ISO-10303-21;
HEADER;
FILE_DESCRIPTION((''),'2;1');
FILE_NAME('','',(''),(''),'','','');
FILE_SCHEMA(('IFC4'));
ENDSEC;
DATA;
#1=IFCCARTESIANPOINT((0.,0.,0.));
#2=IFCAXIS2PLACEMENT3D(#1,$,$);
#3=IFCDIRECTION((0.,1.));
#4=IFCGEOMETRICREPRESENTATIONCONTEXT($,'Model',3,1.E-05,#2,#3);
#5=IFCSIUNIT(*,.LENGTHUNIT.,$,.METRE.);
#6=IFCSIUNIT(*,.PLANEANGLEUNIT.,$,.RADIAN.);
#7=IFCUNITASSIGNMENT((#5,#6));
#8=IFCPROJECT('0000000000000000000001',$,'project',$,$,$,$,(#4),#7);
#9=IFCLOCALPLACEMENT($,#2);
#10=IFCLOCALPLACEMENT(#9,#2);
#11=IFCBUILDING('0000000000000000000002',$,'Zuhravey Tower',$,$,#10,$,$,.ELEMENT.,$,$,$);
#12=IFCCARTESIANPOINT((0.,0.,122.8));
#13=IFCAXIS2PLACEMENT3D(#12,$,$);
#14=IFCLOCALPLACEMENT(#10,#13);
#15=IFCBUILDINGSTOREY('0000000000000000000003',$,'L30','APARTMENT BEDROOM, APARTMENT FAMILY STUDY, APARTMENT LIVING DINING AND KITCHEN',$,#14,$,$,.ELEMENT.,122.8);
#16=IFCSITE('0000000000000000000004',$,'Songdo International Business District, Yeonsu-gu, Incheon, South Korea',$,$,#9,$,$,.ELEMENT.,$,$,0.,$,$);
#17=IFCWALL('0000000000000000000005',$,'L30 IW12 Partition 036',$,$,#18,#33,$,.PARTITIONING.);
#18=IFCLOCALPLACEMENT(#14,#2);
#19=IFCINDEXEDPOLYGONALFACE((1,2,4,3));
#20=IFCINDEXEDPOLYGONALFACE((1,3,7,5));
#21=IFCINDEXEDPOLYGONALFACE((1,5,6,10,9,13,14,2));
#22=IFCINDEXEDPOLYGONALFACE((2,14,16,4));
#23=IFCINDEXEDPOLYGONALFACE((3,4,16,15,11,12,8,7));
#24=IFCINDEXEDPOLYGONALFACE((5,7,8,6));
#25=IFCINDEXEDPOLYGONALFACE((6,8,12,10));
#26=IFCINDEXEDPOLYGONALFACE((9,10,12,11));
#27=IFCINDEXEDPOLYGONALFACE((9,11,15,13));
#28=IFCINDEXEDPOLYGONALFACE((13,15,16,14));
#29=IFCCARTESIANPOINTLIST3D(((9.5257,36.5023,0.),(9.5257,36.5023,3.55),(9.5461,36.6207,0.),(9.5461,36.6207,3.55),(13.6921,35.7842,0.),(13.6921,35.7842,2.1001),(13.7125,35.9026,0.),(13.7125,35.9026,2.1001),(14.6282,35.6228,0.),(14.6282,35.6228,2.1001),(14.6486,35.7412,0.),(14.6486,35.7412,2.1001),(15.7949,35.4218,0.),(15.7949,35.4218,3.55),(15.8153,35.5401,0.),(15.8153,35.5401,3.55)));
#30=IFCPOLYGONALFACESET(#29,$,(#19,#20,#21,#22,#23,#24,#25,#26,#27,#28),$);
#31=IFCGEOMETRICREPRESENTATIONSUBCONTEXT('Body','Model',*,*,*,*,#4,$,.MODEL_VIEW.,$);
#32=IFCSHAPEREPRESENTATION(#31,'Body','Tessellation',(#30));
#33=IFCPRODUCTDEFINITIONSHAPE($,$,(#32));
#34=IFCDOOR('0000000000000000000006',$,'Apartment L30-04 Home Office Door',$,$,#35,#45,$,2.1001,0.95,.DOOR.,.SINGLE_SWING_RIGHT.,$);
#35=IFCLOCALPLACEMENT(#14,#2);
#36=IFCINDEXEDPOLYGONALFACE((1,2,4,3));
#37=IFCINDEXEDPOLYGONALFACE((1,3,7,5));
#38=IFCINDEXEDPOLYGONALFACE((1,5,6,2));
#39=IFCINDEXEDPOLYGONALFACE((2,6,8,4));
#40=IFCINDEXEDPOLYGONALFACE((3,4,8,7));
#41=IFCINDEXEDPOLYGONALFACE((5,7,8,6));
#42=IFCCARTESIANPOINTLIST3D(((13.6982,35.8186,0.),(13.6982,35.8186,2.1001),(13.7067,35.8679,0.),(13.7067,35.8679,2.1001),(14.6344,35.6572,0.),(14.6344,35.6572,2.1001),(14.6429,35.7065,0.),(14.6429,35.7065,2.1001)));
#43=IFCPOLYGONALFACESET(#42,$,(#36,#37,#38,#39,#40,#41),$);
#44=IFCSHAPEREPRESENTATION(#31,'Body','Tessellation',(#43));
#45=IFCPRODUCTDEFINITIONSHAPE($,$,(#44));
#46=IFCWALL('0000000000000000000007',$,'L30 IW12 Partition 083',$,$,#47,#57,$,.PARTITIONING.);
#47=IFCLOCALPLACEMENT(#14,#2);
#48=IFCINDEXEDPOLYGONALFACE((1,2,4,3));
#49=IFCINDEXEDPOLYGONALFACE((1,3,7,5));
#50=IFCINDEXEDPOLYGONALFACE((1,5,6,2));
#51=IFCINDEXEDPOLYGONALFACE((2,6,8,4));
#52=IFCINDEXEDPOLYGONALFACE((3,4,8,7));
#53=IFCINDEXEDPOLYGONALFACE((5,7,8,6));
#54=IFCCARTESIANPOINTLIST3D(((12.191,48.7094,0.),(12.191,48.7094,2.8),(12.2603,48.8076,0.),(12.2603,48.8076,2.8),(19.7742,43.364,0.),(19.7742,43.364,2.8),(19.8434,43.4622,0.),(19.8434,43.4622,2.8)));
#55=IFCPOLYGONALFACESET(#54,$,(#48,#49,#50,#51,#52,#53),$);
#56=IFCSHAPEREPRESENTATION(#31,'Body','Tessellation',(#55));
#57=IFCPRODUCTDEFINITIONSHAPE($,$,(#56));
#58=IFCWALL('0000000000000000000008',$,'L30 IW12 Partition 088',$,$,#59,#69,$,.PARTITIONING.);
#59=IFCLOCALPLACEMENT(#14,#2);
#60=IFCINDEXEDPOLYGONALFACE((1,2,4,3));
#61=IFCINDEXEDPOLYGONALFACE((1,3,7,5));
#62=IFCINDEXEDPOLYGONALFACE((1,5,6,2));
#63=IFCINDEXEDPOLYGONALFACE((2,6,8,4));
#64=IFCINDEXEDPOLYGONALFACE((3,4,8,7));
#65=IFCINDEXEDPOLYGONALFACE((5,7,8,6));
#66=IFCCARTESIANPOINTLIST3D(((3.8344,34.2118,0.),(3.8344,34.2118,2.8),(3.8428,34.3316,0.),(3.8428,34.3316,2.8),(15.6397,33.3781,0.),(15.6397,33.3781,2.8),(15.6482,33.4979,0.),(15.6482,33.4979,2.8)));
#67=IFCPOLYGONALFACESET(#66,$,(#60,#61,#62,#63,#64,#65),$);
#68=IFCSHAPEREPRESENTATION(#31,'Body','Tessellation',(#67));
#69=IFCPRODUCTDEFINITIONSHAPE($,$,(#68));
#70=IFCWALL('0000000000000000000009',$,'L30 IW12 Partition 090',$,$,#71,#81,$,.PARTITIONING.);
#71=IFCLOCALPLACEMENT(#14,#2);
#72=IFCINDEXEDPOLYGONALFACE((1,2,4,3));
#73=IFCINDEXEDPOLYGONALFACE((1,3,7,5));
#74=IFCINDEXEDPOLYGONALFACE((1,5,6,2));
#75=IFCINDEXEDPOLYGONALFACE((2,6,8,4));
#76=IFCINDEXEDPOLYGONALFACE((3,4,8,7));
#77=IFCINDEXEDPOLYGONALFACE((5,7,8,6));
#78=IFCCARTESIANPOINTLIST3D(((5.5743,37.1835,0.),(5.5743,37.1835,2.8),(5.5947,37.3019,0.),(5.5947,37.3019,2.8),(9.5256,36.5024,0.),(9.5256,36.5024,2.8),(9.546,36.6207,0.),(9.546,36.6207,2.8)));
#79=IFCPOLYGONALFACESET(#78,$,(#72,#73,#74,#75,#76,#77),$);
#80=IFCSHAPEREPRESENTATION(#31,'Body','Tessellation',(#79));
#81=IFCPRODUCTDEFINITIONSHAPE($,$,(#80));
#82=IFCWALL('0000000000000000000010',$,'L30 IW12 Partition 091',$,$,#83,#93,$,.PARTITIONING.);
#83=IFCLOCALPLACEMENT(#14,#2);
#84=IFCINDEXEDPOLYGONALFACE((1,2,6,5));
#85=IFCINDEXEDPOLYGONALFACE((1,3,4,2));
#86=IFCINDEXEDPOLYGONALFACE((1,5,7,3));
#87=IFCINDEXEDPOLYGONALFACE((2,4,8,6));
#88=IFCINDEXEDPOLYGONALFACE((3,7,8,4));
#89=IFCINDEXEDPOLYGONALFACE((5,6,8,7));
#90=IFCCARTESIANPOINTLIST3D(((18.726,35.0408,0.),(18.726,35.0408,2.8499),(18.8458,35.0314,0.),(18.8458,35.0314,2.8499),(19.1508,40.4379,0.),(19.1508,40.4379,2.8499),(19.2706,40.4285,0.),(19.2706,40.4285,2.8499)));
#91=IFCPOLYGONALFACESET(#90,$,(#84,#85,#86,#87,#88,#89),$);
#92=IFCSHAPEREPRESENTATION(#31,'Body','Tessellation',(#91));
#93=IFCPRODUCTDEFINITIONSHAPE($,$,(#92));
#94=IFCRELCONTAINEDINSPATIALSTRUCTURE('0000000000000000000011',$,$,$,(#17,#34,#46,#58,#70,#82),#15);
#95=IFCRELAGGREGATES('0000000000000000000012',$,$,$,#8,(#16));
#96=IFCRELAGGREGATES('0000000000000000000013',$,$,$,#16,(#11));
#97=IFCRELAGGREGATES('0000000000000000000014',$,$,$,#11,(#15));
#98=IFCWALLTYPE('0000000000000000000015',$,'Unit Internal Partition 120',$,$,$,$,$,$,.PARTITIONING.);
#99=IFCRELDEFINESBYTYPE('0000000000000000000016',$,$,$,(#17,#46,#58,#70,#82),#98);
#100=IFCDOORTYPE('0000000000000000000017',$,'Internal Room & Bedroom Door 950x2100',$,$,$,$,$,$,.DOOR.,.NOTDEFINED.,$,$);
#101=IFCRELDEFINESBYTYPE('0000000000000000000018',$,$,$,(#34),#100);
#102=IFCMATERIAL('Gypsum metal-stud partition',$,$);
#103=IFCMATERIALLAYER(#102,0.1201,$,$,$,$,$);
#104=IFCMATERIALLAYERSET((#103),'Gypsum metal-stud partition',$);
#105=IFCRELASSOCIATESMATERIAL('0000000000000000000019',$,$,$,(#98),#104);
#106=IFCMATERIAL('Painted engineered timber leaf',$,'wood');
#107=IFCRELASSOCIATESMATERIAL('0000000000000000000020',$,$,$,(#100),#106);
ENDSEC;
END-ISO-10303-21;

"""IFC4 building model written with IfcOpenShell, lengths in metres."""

from ifc_helpers import new_model, si_unit, direction, frame, frame_2d, origin, place, context, subcontext, project, spatial, rectangle, extrude, material, layer, layer_set, type_object, element, fill, save


model = new_model("IFC4")

# Units and contexts
model_context = context("Model", 3, precision=1e-05, world=origin(), true_north=direction((0.0, 1.0)))
body_context = subcontext(model_context, "Body", "Model", "MODEL_VIEW")
ifc_project = project(units=[si_unit("LENGTHUNIT", "METRE"), si_unit("PLANEANGLEUNIT", "RADIAN")], contexts=[model_context])

# Site, building, storey
site_placement = place(None, origin())
site = spatial("IfcSite", under=ifc_project, at=site_placement, Name="Songdo International Business District, Yeonsu-gu, Incheon, South Korea", CompositionType="ELEMENT", RefElevation=0.0)
building_placement = place(site_placement, origin())
building = spatial("IfcBuilding", under=site, at=building_placement, Name="Zuhravey Tower", CompositionType="ELEMENT")
storey_placement = place(building_placement, frame((0.0, 0.0, 122.8)))
storey = spatial("IfcBuildingStorey", under=building, at=storey_placement, Name="L30", Description="APARTMENT BEDROOM, APARTMENT FAMILY STUDY, APARTMENT LIVING DINING AND KITCHEN", CompositionType="ELEMENT", Elevation=122.8)

# Shared definitions
ifc_material_1 = material(Name="Gypsum metal-stud partition")
ifc_layer_1 = layer(ifc_material_1, 0.1201)
ifc_layer_set_1 = layer_set([ifc_layer_1], Name="Gypsum metal-stud partition")
wall_type = type_object("IfcWallType", Name="Unit Internal Partition 120", PredefinedType="PARTITIONING", material=ifc_layer_set_1)
ifc_material_2 = material(Name="Painted engineered timber leaf", Category="wood")
door_type_1 = type_object("IfcDoorType", Name="Internal Room & Bedroom Door 950x2100", OperationType="NOTDEFINED", PredefinedType="DOOR", material=ifc_material_2)

# Wall, opening, door
wall_1_placement = place(storey_placement, frame((15.8049, 35.481, 0.0), z_axis=(0.0, 0.0, 1.0), x_axis=(-0.985468, 0.169861, 0.0)))
wall_1 = element("IfcWall", 1, at=wall_1_placement, inside=storey, type_object=wall_type, Name="L30 IW12 Partition 036", PredefinedType="PARTITIONING", context=body_context, shape_type="SweptSolid", body=[
    extrude(rectangle(XDim=6.3616, YDim=0.1201, at=frame_2d((3.1807, 0.0))), origin(), (0.0, 0.0, 1.0), 3.55),
])
opening_1_placement = place(wall_1_placement, frame((1.1836, 0.0, 0.0)))
opening_1 = element("IfcOpeningElement", 2, at=opening_1_placement, cuts=wall_1, PredefinedType="OPENING", context=body_context, shape_type="SweptSolid", body=[
    extrude(rectangle(XDim=0.95, YDim=2.1001, at=frame_2d((0.4751, 1.05))), frame((0.0, 0.072, 0.0), z_axis=(0.0, -1.0, 0.0), x_axis=(1.0, 0.0, 0.0)), (0.0, 0.0, 1.0), 0.144),
])
door_1_placement = place(opening_1_placement, frame((0.95, 0.0, 0.0), z_axis=(0.0, 0.0, 1.0), x_axis=(-1.0, 0.0, 0.0)))
door_1 = element("IfcDoor", 3, at=door_1_placement, inside=storey, type_object=door_type_1, Name="Apartment L30-04 Home Office Door", OperationType="SINGLE_SWING_RIGHT", OverallHeight=2.1001, OverallWidth=0.95, PredefinedType="DOOR", context=body_context, shape_type="SweptSolid", body=[
    extrude(rectangle(XDim=0.95, YDim=2.1001, at=frame_2d((0.4751, 1.05))), frame((0.0, 0.0249, 0.0), z_axis=(0.0, -1.0, 0.0), x_axis=(1.0, 0.0, 0.0)), (0.0, 0.0, 1.0), 0.05),
])
fill(opening_1, door_1)

# Walls
wall_2_placement = place(storey_placement, frame((19.8088, 43.4131, 0.0), z_axis=(0.0, 0.0, 1.0), x_axis=(-0.817345, 0.576149, 0.0)))
element("IfcWall", 4, at=wall_2_placement, inside=storey, type_object=wall_type, Name="L30 IW12 Partition 083", PredefinedType="PARTITIONING", context=body_context, shape_type="SweptSolid", body=[
    extrude(rectangle(XDim=9.2778, YDim=0.1201, at=frame_2d((4.6389, 0.0))), origin(), (0.0, 0.0, 1.0), 2.8),
])
wall_3_placement = place(storey_placement, frame((15.644, 33.438, 0.0), z_axis=(0.0, 0.0, 1.0), x_axis=(-0.997515, 0.070448, 0.0)))
element("IfcWall", 5, at=wall_3_placement, inside=storey, type_object=wall_type, Name="L30 IW12 Partition 088", PredefinedType="PARTITIONING", context=body_context, shape_type="SweptSolid", body=[
    extrude(rectangle(XDim=11.8347, YDim=0.1201, at=frame_2d((5.9175, 0.0))), origin(), (0.0, 0.0, 1.0), 2.8),
])
wall_4_placement = place(storey_placement, frame((9.5359, 36.5615, 0.0), z_axis=(0.0, 0.0, 1.0), x_axis=(-0.985464, 0.169887, 0.0)))
element("IfcWall", 6, at=wall_4_placement, inside=storey, type_object=wall_type, Name="L30 IW12 Partition 090", PredefinedType="PARTITIONING", context=body_context, shape_type="SweptSolid", body=[
    extrude(rectangle(XDim=4.0095, YDim=0.1201, at=frame_2d((2.0049, 0.0))), origin(), (0.0, 0.0, 1.0), 2.8),
])
wall_5_placement = place(storey_placement, frame((19.2107, 40.4333, 0.0), z_axis=(0.0, 0.0, 1.0), x_axis=(-0.078465, -0.996917, 0.0)))
element("IfcWall", 7, at=wall_5_placement, inside=storey, type_object=wall_type, Name="L30 IW12 Partition 091", PredefinedType="PARTITIONING", context=body_context, shape_type="SweptSolid", body=[
    extrude(rectangle(XDim=5.4138, YDim=0.1201, at=frame_2d((2.707, 0.0))), origin(), (0.0, 0.0, 1.0), 2.8499),
])

save(model, "model.ifc")
